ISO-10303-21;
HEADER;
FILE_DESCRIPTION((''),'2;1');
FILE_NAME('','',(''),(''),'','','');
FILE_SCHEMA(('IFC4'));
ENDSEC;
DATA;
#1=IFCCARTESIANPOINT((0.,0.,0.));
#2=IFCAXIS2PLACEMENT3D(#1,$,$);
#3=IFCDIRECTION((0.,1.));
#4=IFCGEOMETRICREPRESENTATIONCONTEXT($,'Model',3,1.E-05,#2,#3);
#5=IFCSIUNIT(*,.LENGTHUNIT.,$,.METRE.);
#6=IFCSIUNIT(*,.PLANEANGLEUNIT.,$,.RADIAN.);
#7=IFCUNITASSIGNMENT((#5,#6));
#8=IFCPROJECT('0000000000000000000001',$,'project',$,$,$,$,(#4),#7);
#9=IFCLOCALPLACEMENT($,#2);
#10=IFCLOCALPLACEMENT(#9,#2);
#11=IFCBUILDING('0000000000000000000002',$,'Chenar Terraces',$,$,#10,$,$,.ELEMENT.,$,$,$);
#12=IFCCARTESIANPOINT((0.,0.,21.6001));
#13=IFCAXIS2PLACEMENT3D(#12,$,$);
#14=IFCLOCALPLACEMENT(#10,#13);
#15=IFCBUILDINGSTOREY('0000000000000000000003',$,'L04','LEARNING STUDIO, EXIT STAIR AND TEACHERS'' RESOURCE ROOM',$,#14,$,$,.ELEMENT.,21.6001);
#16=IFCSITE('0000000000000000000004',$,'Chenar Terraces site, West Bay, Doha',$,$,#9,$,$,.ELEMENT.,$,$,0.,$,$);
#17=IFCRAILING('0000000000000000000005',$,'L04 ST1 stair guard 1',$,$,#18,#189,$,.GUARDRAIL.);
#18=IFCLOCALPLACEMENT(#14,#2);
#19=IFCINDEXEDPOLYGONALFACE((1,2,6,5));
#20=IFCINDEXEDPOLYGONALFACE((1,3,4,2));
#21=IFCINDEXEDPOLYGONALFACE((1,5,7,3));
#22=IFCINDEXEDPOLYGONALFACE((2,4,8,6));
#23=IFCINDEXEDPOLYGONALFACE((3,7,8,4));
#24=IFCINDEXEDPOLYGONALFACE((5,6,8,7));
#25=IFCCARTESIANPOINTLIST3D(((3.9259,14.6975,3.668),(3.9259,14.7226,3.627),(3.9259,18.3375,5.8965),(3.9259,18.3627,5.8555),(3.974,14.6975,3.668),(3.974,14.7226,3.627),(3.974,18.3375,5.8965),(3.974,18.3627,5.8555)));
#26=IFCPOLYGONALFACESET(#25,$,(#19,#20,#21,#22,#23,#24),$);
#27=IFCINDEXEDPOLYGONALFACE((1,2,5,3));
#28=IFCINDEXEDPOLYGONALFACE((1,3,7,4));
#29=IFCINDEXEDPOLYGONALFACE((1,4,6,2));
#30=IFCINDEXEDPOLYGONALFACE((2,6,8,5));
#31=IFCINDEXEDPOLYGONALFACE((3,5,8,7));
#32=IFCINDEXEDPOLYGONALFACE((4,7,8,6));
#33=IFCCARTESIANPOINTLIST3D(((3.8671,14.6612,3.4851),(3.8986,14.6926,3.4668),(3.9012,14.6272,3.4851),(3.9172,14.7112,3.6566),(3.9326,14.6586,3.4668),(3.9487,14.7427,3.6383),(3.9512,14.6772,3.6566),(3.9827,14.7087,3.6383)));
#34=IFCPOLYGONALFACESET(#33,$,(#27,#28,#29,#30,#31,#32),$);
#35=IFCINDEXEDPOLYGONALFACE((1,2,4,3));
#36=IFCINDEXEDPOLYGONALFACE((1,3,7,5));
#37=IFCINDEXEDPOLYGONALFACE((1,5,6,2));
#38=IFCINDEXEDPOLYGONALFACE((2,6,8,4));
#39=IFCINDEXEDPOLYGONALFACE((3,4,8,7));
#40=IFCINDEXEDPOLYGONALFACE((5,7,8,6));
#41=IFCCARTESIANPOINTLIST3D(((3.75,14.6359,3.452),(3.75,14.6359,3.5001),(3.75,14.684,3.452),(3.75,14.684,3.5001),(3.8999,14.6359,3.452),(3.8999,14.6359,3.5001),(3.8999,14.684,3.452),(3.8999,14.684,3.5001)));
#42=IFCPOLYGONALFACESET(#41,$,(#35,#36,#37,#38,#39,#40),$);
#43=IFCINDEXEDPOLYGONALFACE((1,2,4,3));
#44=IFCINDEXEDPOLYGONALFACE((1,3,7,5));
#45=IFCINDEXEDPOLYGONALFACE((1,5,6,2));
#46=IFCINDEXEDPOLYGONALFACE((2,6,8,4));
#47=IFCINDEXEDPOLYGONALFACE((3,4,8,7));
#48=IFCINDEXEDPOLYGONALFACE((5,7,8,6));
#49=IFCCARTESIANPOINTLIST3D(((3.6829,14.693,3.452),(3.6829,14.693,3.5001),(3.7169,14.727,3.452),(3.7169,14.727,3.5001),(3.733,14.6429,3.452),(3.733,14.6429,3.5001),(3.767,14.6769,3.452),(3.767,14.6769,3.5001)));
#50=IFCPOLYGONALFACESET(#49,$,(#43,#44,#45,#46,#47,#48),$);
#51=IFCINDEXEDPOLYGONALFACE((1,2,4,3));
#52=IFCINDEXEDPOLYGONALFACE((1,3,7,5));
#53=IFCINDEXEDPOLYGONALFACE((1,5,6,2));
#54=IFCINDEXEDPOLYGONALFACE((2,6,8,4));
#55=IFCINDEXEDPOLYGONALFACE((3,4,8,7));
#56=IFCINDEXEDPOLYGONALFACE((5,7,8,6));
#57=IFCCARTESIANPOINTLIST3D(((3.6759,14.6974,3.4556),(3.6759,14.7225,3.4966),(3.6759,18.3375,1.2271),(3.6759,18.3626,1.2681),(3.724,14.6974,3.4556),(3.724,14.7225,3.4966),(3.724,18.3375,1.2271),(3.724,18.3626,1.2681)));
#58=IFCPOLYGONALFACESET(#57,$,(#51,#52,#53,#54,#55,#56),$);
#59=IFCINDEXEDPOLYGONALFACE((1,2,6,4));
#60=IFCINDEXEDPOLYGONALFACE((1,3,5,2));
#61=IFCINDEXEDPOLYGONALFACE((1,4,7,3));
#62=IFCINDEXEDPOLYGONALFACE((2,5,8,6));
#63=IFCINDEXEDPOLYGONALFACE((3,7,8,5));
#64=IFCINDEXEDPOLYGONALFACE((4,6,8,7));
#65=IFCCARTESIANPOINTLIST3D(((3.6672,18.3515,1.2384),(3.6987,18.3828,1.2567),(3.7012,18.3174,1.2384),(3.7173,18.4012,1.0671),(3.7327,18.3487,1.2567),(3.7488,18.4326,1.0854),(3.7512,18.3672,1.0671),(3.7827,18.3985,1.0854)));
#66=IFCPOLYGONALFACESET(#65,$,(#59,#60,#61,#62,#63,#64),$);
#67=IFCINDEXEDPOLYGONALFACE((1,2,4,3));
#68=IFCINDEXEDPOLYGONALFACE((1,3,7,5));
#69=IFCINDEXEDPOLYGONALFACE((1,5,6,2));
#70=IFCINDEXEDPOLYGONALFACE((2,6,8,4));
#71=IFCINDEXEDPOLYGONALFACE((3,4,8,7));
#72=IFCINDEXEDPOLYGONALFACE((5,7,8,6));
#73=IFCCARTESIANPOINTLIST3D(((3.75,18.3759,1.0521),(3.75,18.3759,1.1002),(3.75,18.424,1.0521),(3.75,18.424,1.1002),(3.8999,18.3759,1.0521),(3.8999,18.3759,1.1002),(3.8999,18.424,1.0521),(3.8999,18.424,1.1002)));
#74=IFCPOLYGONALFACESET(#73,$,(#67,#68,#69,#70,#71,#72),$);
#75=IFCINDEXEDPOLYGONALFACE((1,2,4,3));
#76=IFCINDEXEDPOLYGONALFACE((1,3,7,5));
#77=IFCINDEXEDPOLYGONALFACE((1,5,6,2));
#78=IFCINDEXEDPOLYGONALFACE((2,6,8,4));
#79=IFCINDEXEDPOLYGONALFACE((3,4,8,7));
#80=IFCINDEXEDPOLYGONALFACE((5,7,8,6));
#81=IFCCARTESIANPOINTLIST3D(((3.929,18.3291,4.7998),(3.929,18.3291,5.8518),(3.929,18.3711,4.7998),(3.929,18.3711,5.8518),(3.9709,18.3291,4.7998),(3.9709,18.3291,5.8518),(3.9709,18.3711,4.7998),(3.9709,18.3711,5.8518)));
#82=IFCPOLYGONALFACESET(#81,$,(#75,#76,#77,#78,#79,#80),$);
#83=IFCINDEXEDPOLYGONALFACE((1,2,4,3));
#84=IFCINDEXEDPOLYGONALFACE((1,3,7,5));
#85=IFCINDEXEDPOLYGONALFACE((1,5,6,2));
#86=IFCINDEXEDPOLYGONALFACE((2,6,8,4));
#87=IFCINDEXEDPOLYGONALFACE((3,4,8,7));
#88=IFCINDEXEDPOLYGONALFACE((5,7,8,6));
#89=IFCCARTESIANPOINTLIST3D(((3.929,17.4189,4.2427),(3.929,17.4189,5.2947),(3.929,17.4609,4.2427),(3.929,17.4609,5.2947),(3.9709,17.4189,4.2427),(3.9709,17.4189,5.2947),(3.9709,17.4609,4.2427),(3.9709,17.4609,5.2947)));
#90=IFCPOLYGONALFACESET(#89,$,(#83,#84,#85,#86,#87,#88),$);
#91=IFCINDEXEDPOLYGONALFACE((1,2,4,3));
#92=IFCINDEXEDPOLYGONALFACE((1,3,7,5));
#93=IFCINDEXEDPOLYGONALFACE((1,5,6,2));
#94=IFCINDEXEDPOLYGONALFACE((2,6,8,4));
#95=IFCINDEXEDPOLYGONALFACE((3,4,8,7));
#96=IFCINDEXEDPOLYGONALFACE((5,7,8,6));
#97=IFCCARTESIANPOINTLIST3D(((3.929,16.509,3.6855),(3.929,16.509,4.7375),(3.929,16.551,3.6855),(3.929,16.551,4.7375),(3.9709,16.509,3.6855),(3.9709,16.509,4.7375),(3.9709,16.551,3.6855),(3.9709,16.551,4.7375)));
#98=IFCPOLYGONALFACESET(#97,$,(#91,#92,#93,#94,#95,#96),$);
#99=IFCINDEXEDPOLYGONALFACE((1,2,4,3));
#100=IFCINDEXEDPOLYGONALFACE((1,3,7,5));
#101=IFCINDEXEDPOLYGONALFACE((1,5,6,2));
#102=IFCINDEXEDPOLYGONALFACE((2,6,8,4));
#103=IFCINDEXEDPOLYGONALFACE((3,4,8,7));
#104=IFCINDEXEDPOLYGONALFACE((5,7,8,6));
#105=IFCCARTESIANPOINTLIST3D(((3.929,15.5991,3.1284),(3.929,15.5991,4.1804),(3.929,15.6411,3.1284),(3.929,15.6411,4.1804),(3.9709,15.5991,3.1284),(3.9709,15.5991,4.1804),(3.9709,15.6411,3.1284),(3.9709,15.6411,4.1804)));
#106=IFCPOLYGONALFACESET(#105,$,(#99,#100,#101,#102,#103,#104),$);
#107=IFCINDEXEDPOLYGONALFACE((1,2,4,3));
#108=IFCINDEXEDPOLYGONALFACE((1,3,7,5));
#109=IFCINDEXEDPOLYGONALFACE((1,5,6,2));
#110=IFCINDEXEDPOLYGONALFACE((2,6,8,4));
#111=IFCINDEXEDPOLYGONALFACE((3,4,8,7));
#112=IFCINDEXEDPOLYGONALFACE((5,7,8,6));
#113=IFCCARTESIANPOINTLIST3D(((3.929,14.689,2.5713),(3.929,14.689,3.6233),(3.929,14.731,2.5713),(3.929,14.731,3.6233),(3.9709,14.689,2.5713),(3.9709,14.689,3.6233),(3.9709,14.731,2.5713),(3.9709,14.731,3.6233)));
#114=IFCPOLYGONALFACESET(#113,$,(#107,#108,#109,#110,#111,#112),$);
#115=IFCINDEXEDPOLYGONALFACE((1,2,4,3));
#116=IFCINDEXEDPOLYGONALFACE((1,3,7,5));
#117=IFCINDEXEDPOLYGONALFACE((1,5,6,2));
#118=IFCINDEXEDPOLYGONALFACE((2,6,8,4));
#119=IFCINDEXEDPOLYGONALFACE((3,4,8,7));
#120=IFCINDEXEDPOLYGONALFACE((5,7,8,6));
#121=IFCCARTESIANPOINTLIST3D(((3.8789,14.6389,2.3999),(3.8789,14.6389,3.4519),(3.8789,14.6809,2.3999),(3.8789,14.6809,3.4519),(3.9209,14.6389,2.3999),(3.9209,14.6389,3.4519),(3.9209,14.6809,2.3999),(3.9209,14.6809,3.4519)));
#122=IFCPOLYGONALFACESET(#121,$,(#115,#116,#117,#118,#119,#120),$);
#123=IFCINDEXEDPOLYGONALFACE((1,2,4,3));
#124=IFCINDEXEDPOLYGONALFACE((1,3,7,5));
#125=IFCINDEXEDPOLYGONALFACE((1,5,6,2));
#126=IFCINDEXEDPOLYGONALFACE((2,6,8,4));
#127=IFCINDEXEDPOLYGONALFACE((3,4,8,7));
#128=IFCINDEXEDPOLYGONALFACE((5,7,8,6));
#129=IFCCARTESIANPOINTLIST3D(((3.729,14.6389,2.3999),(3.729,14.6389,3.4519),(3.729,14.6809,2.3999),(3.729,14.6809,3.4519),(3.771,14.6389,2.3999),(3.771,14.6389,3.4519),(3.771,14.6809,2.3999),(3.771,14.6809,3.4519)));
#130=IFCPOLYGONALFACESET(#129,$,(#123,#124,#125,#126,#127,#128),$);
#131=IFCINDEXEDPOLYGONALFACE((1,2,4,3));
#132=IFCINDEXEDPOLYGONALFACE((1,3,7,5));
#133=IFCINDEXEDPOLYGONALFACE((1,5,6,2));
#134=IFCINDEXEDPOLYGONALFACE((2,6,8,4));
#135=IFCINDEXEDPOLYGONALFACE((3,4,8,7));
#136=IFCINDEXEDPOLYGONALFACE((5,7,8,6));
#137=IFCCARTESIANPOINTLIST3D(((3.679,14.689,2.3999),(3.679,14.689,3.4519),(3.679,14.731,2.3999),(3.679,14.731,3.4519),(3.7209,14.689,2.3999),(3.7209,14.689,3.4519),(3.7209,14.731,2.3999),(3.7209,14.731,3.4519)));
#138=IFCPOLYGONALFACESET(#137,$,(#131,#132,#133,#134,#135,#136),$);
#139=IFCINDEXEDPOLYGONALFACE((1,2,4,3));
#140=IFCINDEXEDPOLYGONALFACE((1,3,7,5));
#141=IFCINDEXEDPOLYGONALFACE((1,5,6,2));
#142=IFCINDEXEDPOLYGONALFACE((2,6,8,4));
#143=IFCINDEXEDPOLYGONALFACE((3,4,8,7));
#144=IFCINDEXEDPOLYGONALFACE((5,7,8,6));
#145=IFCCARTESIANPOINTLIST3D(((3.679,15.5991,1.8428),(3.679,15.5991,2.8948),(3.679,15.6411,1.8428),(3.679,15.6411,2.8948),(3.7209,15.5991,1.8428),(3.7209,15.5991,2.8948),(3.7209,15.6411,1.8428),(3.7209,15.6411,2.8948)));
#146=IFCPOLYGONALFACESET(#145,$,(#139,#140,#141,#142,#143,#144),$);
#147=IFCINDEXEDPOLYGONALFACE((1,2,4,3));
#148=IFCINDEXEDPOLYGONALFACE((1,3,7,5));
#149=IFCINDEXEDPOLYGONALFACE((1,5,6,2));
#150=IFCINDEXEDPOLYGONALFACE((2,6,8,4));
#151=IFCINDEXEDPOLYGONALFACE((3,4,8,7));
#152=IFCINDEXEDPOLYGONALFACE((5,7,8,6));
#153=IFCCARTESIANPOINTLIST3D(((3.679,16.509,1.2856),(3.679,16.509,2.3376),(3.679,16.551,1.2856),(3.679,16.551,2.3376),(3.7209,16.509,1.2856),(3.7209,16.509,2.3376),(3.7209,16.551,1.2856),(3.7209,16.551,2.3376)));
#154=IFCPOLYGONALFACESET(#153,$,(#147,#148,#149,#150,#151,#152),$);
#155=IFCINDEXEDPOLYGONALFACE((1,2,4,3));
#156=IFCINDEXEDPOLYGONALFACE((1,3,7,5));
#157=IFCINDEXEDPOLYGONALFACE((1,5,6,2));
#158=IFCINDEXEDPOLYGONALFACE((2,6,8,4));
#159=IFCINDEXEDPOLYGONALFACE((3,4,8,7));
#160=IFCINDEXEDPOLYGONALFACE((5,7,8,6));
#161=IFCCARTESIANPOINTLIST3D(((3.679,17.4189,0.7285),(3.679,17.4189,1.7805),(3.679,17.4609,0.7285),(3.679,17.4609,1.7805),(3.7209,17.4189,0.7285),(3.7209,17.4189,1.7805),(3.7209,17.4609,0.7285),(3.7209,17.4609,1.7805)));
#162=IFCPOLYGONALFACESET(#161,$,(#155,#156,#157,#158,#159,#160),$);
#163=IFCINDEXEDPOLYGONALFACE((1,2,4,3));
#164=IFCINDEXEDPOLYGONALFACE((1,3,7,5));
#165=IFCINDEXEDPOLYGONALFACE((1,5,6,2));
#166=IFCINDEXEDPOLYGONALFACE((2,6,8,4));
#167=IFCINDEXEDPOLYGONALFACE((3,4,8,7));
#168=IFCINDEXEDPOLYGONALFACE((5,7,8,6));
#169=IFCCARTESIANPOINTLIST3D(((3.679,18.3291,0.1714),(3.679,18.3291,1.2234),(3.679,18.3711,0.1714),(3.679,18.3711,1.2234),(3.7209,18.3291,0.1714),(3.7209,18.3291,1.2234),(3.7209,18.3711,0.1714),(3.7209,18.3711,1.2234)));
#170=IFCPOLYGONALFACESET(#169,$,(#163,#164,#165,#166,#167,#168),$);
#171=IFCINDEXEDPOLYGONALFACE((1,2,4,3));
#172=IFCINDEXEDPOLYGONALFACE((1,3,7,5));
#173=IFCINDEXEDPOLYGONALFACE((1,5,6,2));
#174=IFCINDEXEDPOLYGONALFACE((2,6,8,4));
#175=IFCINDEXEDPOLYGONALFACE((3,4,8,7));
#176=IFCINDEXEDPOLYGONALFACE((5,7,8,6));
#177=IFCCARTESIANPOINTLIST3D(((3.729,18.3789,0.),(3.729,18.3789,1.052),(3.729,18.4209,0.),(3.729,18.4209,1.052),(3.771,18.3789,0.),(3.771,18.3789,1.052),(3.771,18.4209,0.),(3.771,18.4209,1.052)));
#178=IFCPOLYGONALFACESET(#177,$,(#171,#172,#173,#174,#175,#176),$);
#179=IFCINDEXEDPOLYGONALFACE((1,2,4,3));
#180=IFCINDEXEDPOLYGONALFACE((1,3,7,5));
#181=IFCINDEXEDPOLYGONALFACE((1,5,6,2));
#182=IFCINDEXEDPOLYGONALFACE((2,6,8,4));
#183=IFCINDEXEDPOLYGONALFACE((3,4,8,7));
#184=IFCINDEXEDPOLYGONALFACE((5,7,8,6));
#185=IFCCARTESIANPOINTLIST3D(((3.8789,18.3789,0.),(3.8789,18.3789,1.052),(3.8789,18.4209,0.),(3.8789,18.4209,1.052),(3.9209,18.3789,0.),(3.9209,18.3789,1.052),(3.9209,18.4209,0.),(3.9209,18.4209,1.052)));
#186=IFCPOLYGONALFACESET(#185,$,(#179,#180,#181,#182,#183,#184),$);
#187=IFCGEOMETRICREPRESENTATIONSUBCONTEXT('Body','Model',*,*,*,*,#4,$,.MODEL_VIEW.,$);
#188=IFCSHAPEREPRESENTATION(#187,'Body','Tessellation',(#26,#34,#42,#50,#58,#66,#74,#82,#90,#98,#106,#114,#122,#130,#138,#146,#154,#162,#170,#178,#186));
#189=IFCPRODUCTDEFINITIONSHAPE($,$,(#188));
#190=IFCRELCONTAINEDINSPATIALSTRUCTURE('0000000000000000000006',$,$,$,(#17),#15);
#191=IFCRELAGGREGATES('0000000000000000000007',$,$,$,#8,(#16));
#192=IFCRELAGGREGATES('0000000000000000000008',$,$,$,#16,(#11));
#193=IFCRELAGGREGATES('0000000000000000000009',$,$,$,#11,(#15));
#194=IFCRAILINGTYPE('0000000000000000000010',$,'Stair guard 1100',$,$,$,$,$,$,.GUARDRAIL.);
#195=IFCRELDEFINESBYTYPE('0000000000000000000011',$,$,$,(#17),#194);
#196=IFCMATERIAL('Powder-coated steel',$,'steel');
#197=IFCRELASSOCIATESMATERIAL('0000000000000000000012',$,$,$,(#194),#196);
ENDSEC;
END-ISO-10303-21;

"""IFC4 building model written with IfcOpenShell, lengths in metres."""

from ifc_helpers import new_model, si_unit, direction, frame, origin, origin_2d, place, context, subcontext, project, spatial, rectangle, extrude, material, type_object, element, save


model = new_model("IFC4")

# Units and contexts
model_context = context("Model", 3, precision=1e-05, world=origin(), true_north=direction((0.0, 1.0)))
body_context = subcontext(model_context, "Body", "Model", "MODEL_VIEW")
ifc_project = project(units=[si_unit("LENGTHUNIT", "METRE"), si_unit("PLANEANGLEUNIT", "RADIAN")], contexts=[model_context])

# Site, building, storey
site_placement = place(None, origin())
site = spatial("IfcSite", under=ifc_project, at=site_placement, Name="Chenar Terraces site, West Bay, Doha", CompositionType="ELEMENT", RefElevation=0.0)
building_placement = place(site_placement, origin())
building = spatial("IfcBuilding", under=site, at=building_placement, Name="Chenar Terraces", CompositionType="ELEMENT")
storey_placement = place(building_placement, frame((0.0, 0.0, 21.6001)))
storey = spatial("IfcBuildingStorey", under=building, at=storey_placement, Name="L04", Description="LEARNING STUDIO, EXIT STAIR AND TEACHERS' RESOURCE ROOM", CompositionType="ELEMENT", Elevation=21.6001)

# Railing
ifc_material_1 = material(Name="Powder-coated steel", Category="steel")
railing_type_1 = type_object("IfcRailingType", Name="Stair guard 1100", PredefinedType="GUARDRAIL", material=ifc_material_1)
railing_1_placement = place(storey_placement, frame((3.95, 18.3501, 4.7998)))
element("IfcRailing", 1, at=railing_1_placement, inside=storey, type_object=railing_type_1, Name="L04 ST1 stair guard 1", PredefinedType="GUARDRAIL", context=body_context, shape_type="SweptSolid", body=[
    extrude(rectangle(XDim=0.0481, YDim=0.0481, at=origin_2d()), frame((0.0, 0.0, 1.0762), z_axis=(0.0, -0.852866, -0.52213), x_axis=(1.0, 0.0, 0.0)), (0.0, 0.0, 1.0), 4.2681),
    extrude(rectangle(XDim=0.0481, YDim=0.0481, at=origin_2d()), frame((0.0, -3.6401, -1.1523), z_axis=(-0.269911, -0.269911, -0.924281), x_axis=(0.707107, -0.707107, 0.0)), (0.0, 0.0, 1.0), 0.1855),
    extrude(rectangle(XDim=0.0481, YDim=0.0481, at=origin_2d()), frame((-0.05, -3.6902, -1.3237), z_axis=(-1.0, 0.0, 0.0), x_axis=(0.0, -1.0, 0.0)), (0.0, 0.0, 1.0), 0.1499),
    extrude(rectangle(XDim=0.0481, YDim=0.0481, at=origin_2d()), frame((-0.2, -3.6902, -1.3237), z_axis=(-0.707107, 0.707107, 0.0), x_axis=(-0.707107, -0.707107, 0.0)), (0.0, 0.0, 1.0), 0.0708),
    extrude(rectangle(XDim=0.0481, YDim=0.0481, at=origin_2d()), frame((-0.25, -3.6401, -1.3237), z_axis=(0.0, 0.852866, -0.52213), x_axis=(-1.0, 0.0, 0.0)), (0.0, 0.0, 1.0), 4.2681),
    extrude(rectangle(XDim=0.0481, YDim=0.0481, at=origin_2d()), frame((-0.25, 0.0, -3.5522), z_axis=(0.270007, 0.26869, -0.924609), x_axis=(-0.705376, 0.708834, 0.0)), (0.0, 0.0, 1.0), 0.1853),
    extrude(rectangle(XDim=0.0481, YDim=0.0481, at=origin_2d()), frame((-0.2, 0.0498, -3.7236), z_axis=(1.0, 0.0, 0.0), x_axis=(0.0, 1.0, 0.0)), (0.0, 0.0, 1.0), 0.1499),
    extrude(rectangle(XDim=0.042, YDim=0.042, at=origin_2d()), origin(), (0.0, 0.0, 1.0), 1.052),
    extrude(rectangle(XDim=0.042, YDim=0.042, at=origin_2d()), frame((0.0, -0.9102, -0.5571)), (0.0, 0.0, 1.0), 1.052),
    extrude(rectangle(XDim=0.042, YDim=0.042, at=origin_2d()), frame((0.0, -1.8201, -1.1143)), (0.0, 0.0, 1.0), 1.052),
    extrude(rectangle(XDim=0.042, YDim=0.042, at=origin_2d()), frame((0.0, -2.73, -1.6714)), (0.0, 0.0, 1.0), 1.052),
    extrude(rectangle(XDim=0.042, YDim=0.042, at=origin_2d()), frame((0.0, -3.6401, -2.2285)), (0.0, 0.0, 1.0), 1.052),
    extrude(rectangle(XDim=0.042, YDim=0.042, at=origin_2d()), frame((-0.05, -3.6902, -2.3999)), (0.0, 0.0, 1.0), 1.052),
    extrude(rectangle(XDim=0.042, YDim=0.042, at=origin_2d()), frame((-0.2, -3.6902, -2.3999)), (0.0, 0.0, 1.0), 1.052),
    extrude(rectangle(XDim=0.042, YDim=0.042, at=origin_2d()), frame((-0.25, -3.6401, -2.3999)), (0.0, 0.0, 1.0), 1.052),
    extrude(rectangle(XDim=0.042, YDim=0.042, at=origin_2d()), frame((-0.25, -2.73, -2.957)), (0.0, 0.0, 1.0), 1.052),
    extrude(rectangle(XDim=0.042, YDim=0.042, at=origin_2d()), frame((-0.25, -1.8201, -3.5142)), (0.0, 0.0, 1.0), 1.052),
    extrude(rectangle(XDim=0.042, YDim=0.042, at=origin_2d()), frame((-0.25, -0.9102, -4.0713)), (0.0, 0.0, 1.0), 1.052),
    extrude(rectangle(XDim=0.042, YDim=0.042, at=origin_2d()), frame((-0.25, 0.0, -4.6284)), (0.0, 0.0, 1.0), 1.052),
    extrude(rectangle(XDim=0.042, YDim=0.042, at=origin_2d()), frame((-0.2, 0.0498, -4.7998)), (0.0, 0.0, 1.0), 1.052),
    extrude(rectangle(XDim=0.042, YDim=0.042, at=origin_2d()), frame((-0.05, 0.0498, -4.7998)), (0.0, 0.0, 1.0), 1.052),
])

save(model, "model.ifc")
